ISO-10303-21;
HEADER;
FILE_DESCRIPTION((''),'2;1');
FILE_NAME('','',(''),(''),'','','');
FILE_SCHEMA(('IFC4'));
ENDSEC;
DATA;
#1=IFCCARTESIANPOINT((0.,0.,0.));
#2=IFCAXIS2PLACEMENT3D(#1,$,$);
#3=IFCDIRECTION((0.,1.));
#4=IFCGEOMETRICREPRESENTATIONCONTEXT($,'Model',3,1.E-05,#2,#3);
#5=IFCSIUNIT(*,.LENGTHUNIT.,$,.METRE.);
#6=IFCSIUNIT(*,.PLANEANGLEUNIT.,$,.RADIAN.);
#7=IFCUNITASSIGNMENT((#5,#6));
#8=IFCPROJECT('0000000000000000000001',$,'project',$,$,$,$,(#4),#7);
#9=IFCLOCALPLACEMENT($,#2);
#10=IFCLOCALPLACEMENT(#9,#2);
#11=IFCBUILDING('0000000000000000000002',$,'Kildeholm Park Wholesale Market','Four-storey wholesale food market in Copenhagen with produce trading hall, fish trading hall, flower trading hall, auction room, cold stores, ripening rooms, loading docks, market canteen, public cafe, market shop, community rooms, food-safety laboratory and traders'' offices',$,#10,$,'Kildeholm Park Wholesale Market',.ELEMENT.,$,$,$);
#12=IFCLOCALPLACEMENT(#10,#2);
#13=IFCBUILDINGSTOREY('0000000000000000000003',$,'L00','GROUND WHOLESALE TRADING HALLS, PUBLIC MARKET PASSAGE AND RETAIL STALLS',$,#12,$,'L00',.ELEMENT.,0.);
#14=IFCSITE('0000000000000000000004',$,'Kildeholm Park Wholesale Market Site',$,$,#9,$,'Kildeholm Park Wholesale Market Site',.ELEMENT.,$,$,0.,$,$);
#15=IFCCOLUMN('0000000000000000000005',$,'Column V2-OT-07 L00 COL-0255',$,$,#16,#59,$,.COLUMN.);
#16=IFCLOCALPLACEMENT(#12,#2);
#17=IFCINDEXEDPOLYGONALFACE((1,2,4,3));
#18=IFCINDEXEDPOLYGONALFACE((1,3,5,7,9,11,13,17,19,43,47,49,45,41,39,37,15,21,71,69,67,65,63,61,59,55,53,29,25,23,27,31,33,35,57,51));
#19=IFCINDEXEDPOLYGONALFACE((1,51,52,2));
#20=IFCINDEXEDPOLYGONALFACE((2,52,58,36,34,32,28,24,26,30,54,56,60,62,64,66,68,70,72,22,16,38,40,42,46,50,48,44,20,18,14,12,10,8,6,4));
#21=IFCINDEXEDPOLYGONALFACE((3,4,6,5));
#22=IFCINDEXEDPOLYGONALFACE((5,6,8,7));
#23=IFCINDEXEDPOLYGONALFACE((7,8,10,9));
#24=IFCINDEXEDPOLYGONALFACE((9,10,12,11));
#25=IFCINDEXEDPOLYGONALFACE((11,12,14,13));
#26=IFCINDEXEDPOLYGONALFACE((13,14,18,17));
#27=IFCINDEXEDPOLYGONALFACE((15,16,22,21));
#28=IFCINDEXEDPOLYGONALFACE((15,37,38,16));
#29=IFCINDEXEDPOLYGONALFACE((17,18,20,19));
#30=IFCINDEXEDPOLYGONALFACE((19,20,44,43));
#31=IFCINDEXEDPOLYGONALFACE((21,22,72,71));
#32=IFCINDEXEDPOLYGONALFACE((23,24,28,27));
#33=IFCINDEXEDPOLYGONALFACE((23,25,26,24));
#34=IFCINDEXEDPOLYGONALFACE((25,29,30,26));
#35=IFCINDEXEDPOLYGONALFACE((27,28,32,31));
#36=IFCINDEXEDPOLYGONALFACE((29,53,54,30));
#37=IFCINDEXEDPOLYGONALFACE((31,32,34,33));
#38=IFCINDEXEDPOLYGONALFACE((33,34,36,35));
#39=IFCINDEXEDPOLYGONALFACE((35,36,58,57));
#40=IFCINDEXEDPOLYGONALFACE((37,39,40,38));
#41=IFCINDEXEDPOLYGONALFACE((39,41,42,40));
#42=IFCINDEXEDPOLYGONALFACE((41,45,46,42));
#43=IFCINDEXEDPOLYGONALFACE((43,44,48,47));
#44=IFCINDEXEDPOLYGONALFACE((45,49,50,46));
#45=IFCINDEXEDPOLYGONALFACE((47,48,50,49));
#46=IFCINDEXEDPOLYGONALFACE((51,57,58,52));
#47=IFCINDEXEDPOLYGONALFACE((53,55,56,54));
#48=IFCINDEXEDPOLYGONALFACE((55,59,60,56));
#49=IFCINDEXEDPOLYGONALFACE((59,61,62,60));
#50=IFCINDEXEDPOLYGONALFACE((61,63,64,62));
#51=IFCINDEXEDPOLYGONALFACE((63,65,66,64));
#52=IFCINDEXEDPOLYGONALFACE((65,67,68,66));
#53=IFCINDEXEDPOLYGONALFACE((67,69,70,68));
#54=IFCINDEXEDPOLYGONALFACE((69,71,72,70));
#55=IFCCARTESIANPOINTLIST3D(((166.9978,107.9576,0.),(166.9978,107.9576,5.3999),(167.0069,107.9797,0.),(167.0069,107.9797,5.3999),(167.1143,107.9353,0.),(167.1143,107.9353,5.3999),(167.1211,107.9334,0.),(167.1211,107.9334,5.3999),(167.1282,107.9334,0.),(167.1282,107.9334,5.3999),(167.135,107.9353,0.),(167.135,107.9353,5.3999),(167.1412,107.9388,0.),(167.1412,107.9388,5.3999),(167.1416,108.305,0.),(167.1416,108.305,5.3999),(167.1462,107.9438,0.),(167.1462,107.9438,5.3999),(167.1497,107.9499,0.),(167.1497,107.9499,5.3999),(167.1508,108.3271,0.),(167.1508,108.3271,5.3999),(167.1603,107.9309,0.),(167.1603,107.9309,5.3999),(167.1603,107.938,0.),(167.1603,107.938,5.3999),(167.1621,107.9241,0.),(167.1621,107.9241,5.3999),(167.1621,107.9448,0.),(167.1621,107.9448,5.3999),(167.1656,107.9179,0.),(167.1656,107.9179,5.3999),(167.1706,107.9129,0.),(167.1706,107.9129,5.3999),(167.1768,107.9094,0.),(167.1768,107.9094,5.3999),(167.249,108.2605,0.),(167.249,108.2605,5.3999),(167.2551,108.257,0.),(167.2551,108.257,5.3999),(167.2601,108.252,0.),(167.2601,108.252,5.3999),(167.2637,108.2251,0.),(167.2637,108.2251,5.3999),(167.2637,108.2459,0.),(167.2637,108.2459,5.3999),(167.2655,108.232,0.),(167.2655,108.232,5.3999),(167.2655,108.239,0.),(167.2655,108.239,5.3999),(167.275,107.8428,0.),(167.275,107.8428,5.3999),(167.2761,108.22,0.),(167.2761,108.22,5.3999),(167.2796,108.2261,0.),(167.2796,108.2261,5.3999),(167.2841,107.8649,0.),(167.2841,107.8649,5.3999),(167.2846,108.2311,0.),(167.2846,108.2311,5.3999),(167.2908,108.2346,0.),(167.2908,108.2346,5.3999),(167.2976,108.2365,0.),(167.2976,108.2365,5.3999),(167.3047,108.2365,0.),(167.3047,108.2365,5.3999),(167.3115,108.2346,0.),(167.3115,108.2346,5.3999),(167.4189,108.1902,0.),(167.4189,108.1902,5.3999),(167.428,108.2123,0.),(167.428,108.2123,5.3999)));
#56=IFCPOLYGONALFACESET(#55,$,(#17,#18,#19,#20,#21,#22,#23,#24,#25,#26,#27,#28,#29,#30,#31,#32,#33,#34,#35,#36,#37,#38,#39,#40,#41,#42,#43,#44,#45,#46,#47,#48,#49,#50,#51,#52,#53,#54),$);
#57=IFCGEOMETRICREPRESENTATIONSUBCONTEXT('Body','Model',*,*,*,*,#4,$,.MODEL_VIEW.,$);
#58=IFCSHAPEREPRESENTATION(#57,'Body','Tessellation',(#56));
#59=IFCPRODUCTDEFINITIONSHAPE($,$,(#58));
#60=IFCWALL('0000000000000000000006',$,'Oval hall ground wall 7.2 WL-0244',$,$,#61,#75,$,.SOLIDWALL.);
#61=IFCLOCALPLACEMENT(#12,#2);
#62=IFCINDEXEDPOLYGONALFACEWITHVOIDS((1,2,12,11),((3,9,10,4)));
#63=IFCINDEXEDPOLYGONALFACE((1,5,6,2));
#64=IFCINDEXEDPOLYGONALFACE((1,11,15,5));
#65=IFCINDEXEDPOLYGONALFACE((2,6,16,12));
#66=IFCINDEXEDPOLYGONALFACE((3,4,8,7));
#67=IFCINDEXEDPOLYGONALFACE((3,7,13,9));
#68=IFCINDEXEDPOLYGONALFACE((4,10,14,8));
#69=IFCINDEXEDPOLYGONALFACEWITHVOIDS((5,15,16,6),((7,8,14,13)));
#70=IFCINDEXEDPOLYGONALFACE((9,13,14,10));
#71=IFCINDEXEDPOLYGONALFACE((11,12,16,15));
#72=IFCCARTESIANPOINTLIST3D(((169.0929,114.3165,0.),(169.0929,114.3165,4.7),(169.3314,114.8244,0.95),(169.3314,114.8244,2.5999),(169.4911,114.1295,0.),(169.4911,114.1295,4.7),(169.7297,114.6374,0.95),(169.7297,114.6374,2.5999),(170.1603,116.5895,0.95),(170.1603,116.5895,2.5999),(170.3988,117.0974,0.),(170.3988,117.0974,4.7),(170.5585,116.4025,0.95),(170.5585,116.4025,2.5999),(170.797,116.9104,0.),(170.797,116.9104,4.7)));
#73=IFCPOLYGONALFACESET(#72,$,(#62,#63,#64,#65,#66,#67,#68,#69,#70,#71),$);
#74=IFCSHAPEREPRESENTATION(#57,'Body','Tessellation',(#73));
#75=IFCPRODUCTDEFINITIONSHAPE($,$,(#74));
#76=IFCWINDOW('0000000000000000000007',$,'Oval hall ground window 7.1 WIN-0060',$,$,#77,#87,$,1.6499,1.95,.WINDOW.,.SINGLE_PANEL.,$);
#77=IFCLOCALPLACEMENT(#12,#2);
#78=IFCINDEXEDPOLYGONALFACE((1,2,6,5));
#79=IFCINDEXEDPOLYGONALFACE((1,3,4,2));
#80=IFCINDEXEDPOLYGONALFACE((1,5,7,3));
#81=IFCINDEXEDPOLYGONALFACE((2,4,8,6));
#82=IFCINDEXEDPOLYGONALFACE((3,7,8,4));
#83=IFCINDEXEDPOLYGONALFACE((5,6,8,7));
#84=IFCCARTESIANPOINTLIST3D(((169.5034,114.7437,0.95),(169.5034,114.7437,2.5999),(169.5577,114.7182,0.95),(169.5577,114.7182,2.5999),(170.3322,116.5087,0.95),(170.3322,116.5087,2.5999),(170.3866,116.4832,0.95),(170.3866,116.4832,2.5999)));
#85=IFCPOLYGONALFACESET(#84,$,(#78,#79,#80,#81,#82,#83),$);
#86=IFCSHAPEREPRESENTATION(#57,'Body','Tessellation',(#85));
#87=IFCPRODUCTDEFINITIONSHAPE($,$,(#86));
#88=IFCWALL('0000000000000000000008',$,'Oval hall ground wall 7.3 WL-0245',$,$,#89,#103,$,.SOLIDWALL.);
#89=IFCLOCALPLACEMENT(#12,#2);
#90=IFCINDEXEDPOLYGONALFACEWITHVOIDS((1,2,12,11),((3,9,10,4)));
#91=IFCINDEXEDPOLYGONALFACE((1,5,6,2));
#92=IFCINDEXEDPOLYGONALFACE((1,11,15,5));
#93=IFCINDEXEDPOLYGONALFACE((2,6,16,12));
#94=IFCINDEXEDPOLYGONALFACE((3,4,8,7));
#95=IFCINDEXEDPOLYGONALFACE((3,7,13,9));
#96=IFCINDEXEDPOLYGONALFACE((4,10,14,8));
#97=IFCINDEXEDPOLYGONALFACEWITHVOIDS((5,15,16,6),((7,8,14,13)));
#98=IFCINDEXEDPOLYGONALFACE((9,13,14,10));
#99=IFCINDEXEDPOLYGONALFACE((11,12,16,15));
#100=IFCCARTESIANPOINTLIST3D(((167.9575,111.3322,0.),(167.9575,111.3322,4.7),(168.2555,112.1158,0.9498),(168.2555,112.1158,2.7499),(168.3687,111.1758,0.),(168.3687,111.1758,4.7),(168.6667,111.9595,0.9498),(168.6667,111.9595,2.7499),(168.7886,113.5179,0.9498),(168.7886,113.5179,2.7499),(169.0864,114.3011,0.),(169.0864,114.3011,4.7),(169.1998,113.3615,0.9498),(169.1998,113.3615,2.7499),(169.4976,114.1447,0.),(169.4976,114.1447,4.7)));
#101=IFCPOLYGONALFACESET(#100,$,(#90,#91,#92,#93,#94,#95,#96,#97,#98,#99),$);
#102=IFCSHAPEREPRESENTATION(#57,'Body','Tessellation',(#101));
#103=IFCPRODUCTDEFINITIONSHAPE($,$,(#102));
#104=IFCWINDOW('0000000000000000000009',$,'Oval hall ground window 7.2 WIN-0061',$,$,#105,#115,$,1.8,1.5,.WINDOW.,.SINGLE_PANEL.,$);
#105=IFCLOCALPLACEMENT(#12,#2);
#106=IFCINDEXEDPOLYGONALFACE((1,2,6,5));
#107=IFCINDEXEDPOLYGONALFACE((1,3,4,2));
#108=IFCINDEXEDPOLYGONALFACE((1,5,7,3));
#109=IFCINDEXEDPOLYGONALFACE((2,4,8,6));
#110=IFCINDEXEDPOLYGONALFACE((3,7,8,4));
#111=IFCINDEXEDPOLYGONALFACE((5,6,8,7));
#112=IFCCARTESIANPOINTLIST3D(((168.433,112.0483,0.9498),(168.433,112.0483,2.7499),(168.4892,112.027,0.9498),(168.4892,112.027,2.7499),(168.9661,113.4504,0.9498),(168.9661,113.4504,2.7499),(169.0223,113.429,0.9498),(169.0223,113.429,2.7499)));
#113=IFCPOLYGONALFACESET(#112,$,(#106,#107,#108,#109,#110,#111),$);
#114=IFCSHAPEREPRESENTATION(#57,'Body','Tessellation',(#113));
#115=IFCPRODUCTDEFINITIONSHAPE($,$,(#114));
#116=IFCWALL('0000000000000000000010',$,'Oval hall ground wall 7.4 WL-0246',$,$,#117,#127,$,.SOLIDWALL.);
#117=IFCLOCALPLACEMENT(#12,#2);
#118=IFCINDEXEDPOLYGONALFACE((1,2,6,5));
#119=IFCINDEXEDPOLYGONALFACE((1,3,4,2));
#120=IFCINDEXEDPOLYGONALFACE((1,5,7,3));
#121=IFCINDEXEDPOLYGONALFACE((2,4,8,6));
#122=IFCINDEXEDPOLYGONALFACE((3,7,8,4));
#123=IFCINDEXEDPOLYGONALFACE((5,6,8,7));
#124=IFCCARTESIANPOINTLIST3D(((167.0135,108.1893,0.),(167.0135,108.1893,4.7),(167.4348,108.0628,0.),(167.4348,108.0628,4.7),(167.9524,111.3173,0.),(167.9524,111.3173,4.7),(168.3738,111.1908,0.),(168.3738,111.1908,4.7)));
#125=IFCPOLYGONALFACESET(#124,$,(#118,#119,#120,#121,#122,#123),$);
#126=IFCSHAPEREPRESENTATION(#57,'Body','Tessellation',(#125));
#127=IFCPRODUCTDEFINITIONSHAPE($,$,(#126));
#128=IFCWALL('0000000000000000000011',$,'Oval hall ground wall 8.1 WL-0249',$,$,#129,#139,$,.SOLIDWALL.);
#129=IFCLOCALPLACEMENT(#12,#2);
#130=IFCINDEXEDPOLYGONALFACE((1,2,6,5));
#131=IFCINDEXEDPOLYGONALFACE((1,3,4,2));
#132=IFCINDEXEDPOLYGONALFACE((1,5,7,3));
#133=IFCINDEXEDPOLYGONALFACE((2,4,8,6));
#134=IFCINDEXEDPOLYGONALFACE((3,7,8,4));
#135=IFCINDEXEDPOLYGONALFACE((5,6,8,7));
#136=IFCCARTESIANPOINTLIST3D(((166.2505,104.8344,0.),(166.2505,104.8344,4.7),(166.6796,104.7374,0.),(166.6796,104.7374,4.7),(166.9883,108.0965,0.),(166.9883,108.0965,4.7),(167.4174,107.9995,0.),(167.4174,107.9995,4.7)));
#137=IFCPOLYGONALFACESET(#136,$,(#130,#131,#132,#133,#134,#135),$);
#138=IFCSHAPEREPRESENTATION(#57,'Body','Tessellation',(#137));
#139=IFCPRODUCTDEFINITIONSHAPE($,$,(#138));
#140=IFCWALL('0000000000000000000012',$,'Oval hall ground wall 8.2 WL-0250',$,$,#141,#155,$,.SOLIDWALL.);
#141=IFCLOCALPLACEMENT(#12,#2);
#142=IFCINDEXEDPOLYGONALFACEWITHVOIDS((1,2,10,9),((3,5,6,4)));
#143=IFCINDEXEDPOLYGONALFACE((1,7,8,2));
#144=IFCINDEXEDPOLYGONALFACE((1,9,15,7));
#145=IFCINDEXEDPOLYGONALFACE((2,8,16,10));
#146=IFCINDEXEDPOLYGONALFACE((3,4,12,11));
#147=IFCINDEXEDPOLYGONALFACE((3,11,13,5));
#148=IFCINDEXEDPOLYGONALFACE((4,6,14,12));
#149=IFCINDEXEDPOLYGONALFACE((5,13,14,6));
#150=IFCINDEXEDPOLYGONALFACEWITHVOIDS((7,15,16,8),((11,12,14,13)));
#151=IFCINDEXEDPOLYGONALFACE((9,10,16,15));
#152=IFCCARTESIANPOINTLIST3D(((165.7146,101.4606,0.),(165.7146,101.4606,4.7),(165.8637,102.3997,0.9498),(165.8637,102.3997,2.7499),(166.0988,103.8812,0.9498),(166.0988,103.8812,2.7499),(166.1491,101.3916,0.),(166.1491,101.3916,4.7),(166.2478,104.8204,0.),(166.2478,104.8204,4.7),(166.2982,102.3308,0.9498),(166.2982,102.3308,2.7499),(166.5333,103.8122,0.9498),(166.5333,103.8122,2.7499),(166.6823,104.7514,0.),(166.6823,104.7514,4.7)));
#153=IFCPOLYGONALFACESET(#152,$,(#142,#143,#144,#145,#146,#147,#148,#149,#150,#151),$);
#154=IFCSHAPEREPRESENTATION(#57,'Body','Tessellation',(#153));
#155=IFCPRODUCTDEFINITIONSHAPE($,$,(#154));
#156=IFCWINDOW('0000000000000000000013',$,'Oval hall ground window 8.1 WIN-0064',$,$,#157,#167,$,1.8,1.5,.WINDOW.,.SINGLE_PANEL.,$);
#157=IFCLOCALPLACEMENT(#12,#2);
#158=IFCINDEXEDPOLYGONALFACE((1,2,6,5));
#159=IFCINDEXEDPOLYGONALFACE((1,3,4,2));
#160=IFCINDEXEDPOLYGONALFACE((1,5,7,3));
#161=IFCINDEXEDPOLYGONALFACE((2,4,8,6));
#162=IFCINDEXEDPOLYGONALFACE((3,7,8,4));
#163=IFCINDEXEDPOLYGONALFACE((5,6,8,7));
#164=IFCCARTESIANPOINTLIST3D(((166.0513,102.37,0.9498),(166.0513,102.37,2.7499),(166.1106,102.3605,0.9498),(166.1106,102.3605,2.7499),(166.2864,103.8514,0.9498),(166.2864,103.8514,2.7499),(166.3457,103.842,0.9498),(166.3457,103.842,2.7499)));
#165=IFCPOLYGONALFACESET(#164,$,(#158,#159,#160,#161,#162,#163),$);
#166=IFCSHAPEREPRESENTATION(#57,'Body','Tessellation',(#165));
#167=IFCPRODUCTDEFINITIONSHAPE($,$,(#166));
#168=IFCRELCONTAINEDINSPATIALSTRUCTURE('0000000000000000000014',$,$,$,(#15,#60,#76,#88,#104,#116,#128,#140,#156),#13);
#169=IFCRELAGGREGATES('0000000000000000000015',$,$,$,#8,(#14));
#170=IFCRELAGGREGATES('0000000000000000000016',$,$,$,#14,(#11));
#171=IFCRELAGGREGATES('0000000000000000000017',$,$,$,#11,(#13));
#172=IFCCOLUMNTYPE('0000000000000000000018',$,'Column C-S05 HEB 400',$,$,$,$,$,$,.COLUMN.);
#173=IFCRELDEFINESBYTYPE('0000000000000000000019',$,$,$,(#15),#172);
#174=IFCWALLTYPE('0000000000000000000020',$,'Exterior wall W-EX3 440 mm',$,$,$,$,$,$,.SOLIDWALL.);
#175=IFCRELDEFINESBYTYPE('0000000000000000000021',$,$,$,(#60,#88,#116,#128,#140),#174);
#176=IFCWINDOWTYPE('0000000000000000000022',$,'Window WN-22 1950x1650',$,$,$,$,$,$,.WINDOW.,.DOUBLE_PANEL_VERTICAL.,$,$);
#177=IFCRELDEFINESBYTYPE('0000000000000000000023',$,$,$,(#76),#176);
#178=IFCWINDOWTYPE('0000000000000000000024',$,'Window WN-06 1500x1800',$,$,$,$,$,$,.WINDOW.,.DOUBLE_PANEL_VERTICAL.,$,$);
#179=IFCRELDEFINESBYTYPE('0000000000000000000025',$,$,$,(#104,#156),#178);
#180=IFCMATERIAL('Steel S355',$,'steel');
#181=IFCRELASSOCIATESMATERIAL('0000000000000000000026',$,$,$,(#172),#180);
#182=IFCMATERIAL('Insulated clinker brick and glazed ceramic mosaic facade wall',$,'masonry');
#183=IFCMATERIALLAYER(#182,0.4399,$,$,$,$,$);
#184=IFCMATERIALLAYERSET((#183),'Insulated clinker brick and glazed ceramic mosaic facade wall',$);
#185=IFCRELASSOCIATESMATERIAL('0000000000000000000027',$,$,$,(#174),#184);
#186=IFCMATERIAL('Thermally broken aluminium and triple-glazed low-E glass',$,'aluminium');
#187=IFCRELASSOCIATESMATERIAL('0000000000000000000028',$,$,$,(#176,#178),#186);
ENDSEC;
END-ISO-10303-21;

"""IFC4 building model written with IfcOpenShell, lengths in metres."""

from ifc_helpers import new_model, si_unit, direction, frame, frame_2d, origin, origin_2d, place, context, subcontext, project, spatial, rectangle, i_section, extrude, material, layer, layer_set, material_profile, profile_set, type_object, element, fill, save


model = new_model("IFC4")

# Units and contexts
model_context = context("Model", 3, precision=1e-05, world=origin(), true_north=direction((0.0, 1.0)))
body_context = subcontext(model_context, "Body", "Model", "MODEL_VIEW")
ifc_project = project(units=[si_unit("LENGTHUNIT", "METRE"), si_unit("PLANEANGLEUNIT", "RADIAN")], contexts=[model_context])

# Site, building, storey
site_placement = place(None, origin())
site = spatial("IfcSite", under=ifc_project, at=site_placement, Name="Kildeholm Park Wholesale Market Site", LongName="Kildeholm Park Wholesale Market Site", CompositionType="ELEMENT", RefElevation=0.0)
building_placement = place(site_placement, origin())
building = spatial("IfcBuilding", under=site, at=building_placement, Name="Kildeholm Park Wholesale Market", Description="Four-storey wholesale food market in Copenhagen with produce trading hall, fish trading hall, flower trading hall, auction room, cold stores, ripening rooms, loading docks, market canteen, public cafe, market shop, community rooms, food-safety laboratory and traders' offices", LongName="Kildeholm Park Wholesale Market", CompositionType="ELEMENT")
storey_placement = place(building_placement, origin())
storey = spatial("IfcBuildingStorey", under=building, at=storey_placement, Name="L00", Description="GROUND WHOLESALE TRADING HALLS, PUBLIC MARKET PASSAGE AND RETAIL STALLS", LongName="L00", CompositionType="ELEMENT", Elevation=0.0)

# Column
ifc_material_1 = material(Name="Steel S355", Category="steel")
ifc_material_profile_1 = material_profile(ifc_material_1, i_section(OverallWidth=0.3, OverallDepth=0.3999, WebThickness=0.0134, FlangeThickness=0.0239, FilletRadius=0.0271, at=origin_2d()), Name="HEB 400")
ifc_profile_set_1 = profile_set([ifc_material_profile_1], Name="Steel S355")
column_type = type_object("IfcColumnType", Name="Column C-S05 HEB 400", PredefinedType="COLUMN", material=ifc_profile_set_1)
for number, where, z_axis, x_axis, name in (
    (1, (167.2129, 108.085, 0.0), (0.0, 0.0, 1.0), (-0.92388, 0.382683, 0.0), "Column V2-OT-07 L00 COL-0255"),
):
    element("IfcColumn", number, at=place(storey_placement, frame(where, z_axis=z_axis, x_axis=x_axis)), inside=storey, type_object=column_type, Name=name, PredefinedType="COLUMN", context=body_context, shape_type="SweptSolid", body=[
        extrude(i_section(OverallWidth=0.3, OverallDepth=0.3999, WebThickness=0.0134, FlangeThickness=0.0239, FilletRadius=0.0271, at=origin_2d()), origin(), (0.0, 0.0, 1.0), 5.3999),
    ])

# Walls, openings, windows
ifc_material_2 = material(Name="Insulated clinker brick and glazed ceramic mosaic facade wall", Category="masonry")
ifc_layer = layer(ifc_material_2, 0.4399)
ifc_layer_set = layer_set([ifc_layer], Name="Insulated clinker brick and glazed ceramic mosaic facade wall")
wall_type = type_object("IfcWallType", Name="Exterior wall W-EX3 440 mm", PredefinedType="SOLIDWALL", material=ifc_layer_set)
wall_1_placement = place(storey_placement, frame((170.5979, 117.0039, 0.0), z_axis=(0.0, 0.0, 1.0), x_axis=(-0.425051, -0.90517, 0.0)))
wall_1 = element("IfcWall", 2, at=wall_1_placement, inside=storey, type_object=wall_type, Name="Oval hall ground wall 7.2 WL-0244", PredefinedType="SOLIDWALL", context=body_context, shape_type="SweptSolid", body=[
    extrude(rectangle(XDim=3.0723, YDim=0.4399, at=frame_2d((1.5361, 0.0))), origin(), (0.0, 0.0, 1.0), 4.7),
])
opening_1_placement = place(wall_1_placement, frame((0.561, 0.0, 0.95)))
opening_1 = element("IfcOpeningElement", 3, at=opening_1_placement, cuts=wall_1, PredefinedType="OPENING", context=body_context, shape_type="SweptSolid", body=[
    extrude(rectangle(XDim=1.95, YDim=1.6499, at=frame_2d((0.9751, 0.825))), frame((0.0, 0.23, 0.0), z_axis=(0.0, -1.0, 0.0), x_axis=(1.0, 0.0, 0.0)), (0.0, 0.0, 1.0), 0.46),
])
ifc_material_3 = material(Name="Thermally broken aluminium and triple-glazed low-E glass", Category="aluminium")
window_type_1 = type_object("IfcWindowType", Name="Window WN-22 1950x1650", PartitioningType="DOUBLE_PANEL_VERTICAL", PredefinedType="WINDOW", material=ifc_material_3)
window_1_placement = place(opening_1_placement, origin())
window_1 = element("IfcWindow", 4, at=window_1_placement, inside=storey, type_object=window_type_1, Name="Oval hall ground window 7.1 WIN-0060", OverallHeight=1.6499, OverallWidth=1.95, PartitioningType="SINGLE_PANEL", PredefinedType="WINDOW", context=body_context, shape_type="SweptSolid", body=[
    extrude(rectangle(XDim=1.95, YDim=1.6499, at=frame_2d((0.9751, 0.825))), frame((0.0, 0.03, 0.0), z_axis=(0.0, -1.0, 0.0), x_axis=(1.0, 0.0, 0.0)), (0.0, 0.0, 1.0), 0.0601),
])
fill(opening_1, window_1)
wall_2_placement = place(storey_placement, frame((169.292, 114.2229, 0.0), z_axis=(0.0, 0.0, 1.0), x_axis=(-0.355407, -0.934712, 0.0)))
wall_2 = element("IfcWall", 5, at=wall_2_placement, inside=storey, type_object=wall_type, Name="Oval hall ground wall 7.3 WL-0245", PredefinedType="SOLIDWALL", context=body_context, shape_type="SweptSolid", body=[
    extrude(rectangle(XDim=3.1763, YDim=0.4399, at=frame_2d((1.5881, 0.0))), origin(), (0.0, 0.0, 1.0), 4.7),
])
opening_2_placement = place(wall_2_placement, frame((0.8379, 0.0, 0.95)))
opening_2 = element("IfcOpeningElement", 6, at=opening_2_placement, cuts=wall_2, PredefinedType="OPENING", context=body_context, shape_type="SweptSolid", body=[
    extrude(rectangle(XDim=1.5, YDim=1.8, at=frame_2d((0.75, 0.8999))), frame((0.0, 0.23, 0.0), z_axis=(0.0, -1.0, 0.0), x_axis=(1.0, 0.0, 0.0)), (0.0, 0.0, 1.0), 0.46),
])
window_type_2 = type_object("IfcWindowType", Name="Window WN-06 1500x1800", PartitioningType="DOUBLE_PANEL_VERTICAL", PredefinedType="WINDOW", material=ifc_material_3)
window_2_placement = place(opening_2_placement, origin())
window_2 = element("IfcWindow", 7, at=window_2_placement, inside=storey, type_object=window_type_2, Name="Oval hall ground window 7.2 WIN-0061", OverallHeight=1.8, OverallWidth=1.5, PartitioningType="SINGLE_PANEL", PredefinedType="WINDOW", context=body_context, shape_type="SweptSolid", body=[
    extrude(rectangle(XDim=1.5, YDim=1.8, at=frame_2d((0.75, 0.8999))), frame((0.0, 0.03, 0.0), z_axis=(0.0, -1.0, 0.0), x_axis=(1.0, 0.0, 0.0)), (0.0, 0.0, 1.0), 0.0601),
])
fill(opening_2, window_2)

# Walls
wall_3_placement = place(storey_placement, frame((168.1631, 111.2539, 0.0), z_axis=(0.0, 0.0, 1.0), x_axis=(-0.287512, -0.957777, 0.0)))
element("IfcWall", 8, at=wall_3_placement, inside=storey, type_object=wall_type, Name="Oval hall ground wall 7.4 WL-0246", PredefinedType="SOLIDWALL", context=body_context, shape_type="SweptSolid", body=[
    extrude(rectangle(XDim=3.2659, YDim=0.4399, at=frame_2d((1.6328, 0.0))), origin(), (0.0, 0.0, 1.0), 4.7),
])
wall_4_placement = place(storey_placement, frame((167.2029, 108.0481, 0.0), z_axis=(0.0, 0.0, 1.0), x_axis=(-0.220592, -0.975366, 0.0)))
element("IfcWall", 9, at=wall_4_placement, inside=storey, type_object=wall_type, Name="Oval hall ground wall 8.1 WL-0249", PredefinedType="SOLIDWALL", context=body_context, shape_type="SweptSolid", body=[
    extrude(rectangle(XDim=3.3445, YDim=0.4399, at=frame_2d((1.6724, 0.0))), origin(), (0.0, 0.0, 1.0), 4.7),
])

# Wall, opening, window
wall_5_placement = place(storey_placement, frame((166.4651, 104.7859, 0.0), z_axis=(0.0, 0.0, 1.0), x_axis=(-0.156736, -0.98764, 0.0)))
wall_5 = element("IfcWall", 10, at=wall_5_placement, inside=storey, type_object=wall_type, Name="Oval hall ground wall 8.2 WL-0250", PredefinedType="SOLIDWALL", context=body_context, shape_type="SweptSolid", body=[
    extrude(rectangle(XDim=3.4019, YDim=0.4399, at=frame_2d((1.7009, 0.0))), origin(), (0.0, 0.0, 1.0), 4.7),
])
opening_3_placement = place(wall_5_placement, frame((0.9509, 0.0, 0.95)))
opening_3 = element("IfcOpeningElement", 11, at=opening_3_placement, cuts=wall_5, PredefinedType="OPENING", context=body_context, shape_type="SweptSolid", body=[
    extrude(rectangle(XDim=1.5, YDim=1.8, at=frame_2d((0.75, 0.8999))), frame((0.0, 0.23, 0.0), z_axis=(0.0, -1.0, 0.0), x_axis=(1.0, 0.0, 0.0)), (0.0, 0.0, 1.0), 0.46),
])
window_3_placement = place(opening_3_placement, origin())
window_3 = element("IfcWindow", 12, at=window_3_placement, inside=storey, type_object=window_type_2, Name="Oval hall ground window 8.1 WIN-0064", OverallHeight=1.8, OverallWidth=1.5, PartitioningType="SINGLE_PANEL", PredefinedType="WINDOW", context=body_context, shape_type="SweptSolid", body=[
    extrude(rectangle(XDim=1.5, YDim=1.8, at=frame_2d((0.75, 0.8999))), frame((0.0, 0.03, 0.0), z_axis=(0.0, -1.0, 0.0), x_axis=(1.0, 0.0, 0.0)), (0.0, 0.0, 1.0), 0.0601),
])
fill(opening_3, window_3)

save(model, "model.ifc")
